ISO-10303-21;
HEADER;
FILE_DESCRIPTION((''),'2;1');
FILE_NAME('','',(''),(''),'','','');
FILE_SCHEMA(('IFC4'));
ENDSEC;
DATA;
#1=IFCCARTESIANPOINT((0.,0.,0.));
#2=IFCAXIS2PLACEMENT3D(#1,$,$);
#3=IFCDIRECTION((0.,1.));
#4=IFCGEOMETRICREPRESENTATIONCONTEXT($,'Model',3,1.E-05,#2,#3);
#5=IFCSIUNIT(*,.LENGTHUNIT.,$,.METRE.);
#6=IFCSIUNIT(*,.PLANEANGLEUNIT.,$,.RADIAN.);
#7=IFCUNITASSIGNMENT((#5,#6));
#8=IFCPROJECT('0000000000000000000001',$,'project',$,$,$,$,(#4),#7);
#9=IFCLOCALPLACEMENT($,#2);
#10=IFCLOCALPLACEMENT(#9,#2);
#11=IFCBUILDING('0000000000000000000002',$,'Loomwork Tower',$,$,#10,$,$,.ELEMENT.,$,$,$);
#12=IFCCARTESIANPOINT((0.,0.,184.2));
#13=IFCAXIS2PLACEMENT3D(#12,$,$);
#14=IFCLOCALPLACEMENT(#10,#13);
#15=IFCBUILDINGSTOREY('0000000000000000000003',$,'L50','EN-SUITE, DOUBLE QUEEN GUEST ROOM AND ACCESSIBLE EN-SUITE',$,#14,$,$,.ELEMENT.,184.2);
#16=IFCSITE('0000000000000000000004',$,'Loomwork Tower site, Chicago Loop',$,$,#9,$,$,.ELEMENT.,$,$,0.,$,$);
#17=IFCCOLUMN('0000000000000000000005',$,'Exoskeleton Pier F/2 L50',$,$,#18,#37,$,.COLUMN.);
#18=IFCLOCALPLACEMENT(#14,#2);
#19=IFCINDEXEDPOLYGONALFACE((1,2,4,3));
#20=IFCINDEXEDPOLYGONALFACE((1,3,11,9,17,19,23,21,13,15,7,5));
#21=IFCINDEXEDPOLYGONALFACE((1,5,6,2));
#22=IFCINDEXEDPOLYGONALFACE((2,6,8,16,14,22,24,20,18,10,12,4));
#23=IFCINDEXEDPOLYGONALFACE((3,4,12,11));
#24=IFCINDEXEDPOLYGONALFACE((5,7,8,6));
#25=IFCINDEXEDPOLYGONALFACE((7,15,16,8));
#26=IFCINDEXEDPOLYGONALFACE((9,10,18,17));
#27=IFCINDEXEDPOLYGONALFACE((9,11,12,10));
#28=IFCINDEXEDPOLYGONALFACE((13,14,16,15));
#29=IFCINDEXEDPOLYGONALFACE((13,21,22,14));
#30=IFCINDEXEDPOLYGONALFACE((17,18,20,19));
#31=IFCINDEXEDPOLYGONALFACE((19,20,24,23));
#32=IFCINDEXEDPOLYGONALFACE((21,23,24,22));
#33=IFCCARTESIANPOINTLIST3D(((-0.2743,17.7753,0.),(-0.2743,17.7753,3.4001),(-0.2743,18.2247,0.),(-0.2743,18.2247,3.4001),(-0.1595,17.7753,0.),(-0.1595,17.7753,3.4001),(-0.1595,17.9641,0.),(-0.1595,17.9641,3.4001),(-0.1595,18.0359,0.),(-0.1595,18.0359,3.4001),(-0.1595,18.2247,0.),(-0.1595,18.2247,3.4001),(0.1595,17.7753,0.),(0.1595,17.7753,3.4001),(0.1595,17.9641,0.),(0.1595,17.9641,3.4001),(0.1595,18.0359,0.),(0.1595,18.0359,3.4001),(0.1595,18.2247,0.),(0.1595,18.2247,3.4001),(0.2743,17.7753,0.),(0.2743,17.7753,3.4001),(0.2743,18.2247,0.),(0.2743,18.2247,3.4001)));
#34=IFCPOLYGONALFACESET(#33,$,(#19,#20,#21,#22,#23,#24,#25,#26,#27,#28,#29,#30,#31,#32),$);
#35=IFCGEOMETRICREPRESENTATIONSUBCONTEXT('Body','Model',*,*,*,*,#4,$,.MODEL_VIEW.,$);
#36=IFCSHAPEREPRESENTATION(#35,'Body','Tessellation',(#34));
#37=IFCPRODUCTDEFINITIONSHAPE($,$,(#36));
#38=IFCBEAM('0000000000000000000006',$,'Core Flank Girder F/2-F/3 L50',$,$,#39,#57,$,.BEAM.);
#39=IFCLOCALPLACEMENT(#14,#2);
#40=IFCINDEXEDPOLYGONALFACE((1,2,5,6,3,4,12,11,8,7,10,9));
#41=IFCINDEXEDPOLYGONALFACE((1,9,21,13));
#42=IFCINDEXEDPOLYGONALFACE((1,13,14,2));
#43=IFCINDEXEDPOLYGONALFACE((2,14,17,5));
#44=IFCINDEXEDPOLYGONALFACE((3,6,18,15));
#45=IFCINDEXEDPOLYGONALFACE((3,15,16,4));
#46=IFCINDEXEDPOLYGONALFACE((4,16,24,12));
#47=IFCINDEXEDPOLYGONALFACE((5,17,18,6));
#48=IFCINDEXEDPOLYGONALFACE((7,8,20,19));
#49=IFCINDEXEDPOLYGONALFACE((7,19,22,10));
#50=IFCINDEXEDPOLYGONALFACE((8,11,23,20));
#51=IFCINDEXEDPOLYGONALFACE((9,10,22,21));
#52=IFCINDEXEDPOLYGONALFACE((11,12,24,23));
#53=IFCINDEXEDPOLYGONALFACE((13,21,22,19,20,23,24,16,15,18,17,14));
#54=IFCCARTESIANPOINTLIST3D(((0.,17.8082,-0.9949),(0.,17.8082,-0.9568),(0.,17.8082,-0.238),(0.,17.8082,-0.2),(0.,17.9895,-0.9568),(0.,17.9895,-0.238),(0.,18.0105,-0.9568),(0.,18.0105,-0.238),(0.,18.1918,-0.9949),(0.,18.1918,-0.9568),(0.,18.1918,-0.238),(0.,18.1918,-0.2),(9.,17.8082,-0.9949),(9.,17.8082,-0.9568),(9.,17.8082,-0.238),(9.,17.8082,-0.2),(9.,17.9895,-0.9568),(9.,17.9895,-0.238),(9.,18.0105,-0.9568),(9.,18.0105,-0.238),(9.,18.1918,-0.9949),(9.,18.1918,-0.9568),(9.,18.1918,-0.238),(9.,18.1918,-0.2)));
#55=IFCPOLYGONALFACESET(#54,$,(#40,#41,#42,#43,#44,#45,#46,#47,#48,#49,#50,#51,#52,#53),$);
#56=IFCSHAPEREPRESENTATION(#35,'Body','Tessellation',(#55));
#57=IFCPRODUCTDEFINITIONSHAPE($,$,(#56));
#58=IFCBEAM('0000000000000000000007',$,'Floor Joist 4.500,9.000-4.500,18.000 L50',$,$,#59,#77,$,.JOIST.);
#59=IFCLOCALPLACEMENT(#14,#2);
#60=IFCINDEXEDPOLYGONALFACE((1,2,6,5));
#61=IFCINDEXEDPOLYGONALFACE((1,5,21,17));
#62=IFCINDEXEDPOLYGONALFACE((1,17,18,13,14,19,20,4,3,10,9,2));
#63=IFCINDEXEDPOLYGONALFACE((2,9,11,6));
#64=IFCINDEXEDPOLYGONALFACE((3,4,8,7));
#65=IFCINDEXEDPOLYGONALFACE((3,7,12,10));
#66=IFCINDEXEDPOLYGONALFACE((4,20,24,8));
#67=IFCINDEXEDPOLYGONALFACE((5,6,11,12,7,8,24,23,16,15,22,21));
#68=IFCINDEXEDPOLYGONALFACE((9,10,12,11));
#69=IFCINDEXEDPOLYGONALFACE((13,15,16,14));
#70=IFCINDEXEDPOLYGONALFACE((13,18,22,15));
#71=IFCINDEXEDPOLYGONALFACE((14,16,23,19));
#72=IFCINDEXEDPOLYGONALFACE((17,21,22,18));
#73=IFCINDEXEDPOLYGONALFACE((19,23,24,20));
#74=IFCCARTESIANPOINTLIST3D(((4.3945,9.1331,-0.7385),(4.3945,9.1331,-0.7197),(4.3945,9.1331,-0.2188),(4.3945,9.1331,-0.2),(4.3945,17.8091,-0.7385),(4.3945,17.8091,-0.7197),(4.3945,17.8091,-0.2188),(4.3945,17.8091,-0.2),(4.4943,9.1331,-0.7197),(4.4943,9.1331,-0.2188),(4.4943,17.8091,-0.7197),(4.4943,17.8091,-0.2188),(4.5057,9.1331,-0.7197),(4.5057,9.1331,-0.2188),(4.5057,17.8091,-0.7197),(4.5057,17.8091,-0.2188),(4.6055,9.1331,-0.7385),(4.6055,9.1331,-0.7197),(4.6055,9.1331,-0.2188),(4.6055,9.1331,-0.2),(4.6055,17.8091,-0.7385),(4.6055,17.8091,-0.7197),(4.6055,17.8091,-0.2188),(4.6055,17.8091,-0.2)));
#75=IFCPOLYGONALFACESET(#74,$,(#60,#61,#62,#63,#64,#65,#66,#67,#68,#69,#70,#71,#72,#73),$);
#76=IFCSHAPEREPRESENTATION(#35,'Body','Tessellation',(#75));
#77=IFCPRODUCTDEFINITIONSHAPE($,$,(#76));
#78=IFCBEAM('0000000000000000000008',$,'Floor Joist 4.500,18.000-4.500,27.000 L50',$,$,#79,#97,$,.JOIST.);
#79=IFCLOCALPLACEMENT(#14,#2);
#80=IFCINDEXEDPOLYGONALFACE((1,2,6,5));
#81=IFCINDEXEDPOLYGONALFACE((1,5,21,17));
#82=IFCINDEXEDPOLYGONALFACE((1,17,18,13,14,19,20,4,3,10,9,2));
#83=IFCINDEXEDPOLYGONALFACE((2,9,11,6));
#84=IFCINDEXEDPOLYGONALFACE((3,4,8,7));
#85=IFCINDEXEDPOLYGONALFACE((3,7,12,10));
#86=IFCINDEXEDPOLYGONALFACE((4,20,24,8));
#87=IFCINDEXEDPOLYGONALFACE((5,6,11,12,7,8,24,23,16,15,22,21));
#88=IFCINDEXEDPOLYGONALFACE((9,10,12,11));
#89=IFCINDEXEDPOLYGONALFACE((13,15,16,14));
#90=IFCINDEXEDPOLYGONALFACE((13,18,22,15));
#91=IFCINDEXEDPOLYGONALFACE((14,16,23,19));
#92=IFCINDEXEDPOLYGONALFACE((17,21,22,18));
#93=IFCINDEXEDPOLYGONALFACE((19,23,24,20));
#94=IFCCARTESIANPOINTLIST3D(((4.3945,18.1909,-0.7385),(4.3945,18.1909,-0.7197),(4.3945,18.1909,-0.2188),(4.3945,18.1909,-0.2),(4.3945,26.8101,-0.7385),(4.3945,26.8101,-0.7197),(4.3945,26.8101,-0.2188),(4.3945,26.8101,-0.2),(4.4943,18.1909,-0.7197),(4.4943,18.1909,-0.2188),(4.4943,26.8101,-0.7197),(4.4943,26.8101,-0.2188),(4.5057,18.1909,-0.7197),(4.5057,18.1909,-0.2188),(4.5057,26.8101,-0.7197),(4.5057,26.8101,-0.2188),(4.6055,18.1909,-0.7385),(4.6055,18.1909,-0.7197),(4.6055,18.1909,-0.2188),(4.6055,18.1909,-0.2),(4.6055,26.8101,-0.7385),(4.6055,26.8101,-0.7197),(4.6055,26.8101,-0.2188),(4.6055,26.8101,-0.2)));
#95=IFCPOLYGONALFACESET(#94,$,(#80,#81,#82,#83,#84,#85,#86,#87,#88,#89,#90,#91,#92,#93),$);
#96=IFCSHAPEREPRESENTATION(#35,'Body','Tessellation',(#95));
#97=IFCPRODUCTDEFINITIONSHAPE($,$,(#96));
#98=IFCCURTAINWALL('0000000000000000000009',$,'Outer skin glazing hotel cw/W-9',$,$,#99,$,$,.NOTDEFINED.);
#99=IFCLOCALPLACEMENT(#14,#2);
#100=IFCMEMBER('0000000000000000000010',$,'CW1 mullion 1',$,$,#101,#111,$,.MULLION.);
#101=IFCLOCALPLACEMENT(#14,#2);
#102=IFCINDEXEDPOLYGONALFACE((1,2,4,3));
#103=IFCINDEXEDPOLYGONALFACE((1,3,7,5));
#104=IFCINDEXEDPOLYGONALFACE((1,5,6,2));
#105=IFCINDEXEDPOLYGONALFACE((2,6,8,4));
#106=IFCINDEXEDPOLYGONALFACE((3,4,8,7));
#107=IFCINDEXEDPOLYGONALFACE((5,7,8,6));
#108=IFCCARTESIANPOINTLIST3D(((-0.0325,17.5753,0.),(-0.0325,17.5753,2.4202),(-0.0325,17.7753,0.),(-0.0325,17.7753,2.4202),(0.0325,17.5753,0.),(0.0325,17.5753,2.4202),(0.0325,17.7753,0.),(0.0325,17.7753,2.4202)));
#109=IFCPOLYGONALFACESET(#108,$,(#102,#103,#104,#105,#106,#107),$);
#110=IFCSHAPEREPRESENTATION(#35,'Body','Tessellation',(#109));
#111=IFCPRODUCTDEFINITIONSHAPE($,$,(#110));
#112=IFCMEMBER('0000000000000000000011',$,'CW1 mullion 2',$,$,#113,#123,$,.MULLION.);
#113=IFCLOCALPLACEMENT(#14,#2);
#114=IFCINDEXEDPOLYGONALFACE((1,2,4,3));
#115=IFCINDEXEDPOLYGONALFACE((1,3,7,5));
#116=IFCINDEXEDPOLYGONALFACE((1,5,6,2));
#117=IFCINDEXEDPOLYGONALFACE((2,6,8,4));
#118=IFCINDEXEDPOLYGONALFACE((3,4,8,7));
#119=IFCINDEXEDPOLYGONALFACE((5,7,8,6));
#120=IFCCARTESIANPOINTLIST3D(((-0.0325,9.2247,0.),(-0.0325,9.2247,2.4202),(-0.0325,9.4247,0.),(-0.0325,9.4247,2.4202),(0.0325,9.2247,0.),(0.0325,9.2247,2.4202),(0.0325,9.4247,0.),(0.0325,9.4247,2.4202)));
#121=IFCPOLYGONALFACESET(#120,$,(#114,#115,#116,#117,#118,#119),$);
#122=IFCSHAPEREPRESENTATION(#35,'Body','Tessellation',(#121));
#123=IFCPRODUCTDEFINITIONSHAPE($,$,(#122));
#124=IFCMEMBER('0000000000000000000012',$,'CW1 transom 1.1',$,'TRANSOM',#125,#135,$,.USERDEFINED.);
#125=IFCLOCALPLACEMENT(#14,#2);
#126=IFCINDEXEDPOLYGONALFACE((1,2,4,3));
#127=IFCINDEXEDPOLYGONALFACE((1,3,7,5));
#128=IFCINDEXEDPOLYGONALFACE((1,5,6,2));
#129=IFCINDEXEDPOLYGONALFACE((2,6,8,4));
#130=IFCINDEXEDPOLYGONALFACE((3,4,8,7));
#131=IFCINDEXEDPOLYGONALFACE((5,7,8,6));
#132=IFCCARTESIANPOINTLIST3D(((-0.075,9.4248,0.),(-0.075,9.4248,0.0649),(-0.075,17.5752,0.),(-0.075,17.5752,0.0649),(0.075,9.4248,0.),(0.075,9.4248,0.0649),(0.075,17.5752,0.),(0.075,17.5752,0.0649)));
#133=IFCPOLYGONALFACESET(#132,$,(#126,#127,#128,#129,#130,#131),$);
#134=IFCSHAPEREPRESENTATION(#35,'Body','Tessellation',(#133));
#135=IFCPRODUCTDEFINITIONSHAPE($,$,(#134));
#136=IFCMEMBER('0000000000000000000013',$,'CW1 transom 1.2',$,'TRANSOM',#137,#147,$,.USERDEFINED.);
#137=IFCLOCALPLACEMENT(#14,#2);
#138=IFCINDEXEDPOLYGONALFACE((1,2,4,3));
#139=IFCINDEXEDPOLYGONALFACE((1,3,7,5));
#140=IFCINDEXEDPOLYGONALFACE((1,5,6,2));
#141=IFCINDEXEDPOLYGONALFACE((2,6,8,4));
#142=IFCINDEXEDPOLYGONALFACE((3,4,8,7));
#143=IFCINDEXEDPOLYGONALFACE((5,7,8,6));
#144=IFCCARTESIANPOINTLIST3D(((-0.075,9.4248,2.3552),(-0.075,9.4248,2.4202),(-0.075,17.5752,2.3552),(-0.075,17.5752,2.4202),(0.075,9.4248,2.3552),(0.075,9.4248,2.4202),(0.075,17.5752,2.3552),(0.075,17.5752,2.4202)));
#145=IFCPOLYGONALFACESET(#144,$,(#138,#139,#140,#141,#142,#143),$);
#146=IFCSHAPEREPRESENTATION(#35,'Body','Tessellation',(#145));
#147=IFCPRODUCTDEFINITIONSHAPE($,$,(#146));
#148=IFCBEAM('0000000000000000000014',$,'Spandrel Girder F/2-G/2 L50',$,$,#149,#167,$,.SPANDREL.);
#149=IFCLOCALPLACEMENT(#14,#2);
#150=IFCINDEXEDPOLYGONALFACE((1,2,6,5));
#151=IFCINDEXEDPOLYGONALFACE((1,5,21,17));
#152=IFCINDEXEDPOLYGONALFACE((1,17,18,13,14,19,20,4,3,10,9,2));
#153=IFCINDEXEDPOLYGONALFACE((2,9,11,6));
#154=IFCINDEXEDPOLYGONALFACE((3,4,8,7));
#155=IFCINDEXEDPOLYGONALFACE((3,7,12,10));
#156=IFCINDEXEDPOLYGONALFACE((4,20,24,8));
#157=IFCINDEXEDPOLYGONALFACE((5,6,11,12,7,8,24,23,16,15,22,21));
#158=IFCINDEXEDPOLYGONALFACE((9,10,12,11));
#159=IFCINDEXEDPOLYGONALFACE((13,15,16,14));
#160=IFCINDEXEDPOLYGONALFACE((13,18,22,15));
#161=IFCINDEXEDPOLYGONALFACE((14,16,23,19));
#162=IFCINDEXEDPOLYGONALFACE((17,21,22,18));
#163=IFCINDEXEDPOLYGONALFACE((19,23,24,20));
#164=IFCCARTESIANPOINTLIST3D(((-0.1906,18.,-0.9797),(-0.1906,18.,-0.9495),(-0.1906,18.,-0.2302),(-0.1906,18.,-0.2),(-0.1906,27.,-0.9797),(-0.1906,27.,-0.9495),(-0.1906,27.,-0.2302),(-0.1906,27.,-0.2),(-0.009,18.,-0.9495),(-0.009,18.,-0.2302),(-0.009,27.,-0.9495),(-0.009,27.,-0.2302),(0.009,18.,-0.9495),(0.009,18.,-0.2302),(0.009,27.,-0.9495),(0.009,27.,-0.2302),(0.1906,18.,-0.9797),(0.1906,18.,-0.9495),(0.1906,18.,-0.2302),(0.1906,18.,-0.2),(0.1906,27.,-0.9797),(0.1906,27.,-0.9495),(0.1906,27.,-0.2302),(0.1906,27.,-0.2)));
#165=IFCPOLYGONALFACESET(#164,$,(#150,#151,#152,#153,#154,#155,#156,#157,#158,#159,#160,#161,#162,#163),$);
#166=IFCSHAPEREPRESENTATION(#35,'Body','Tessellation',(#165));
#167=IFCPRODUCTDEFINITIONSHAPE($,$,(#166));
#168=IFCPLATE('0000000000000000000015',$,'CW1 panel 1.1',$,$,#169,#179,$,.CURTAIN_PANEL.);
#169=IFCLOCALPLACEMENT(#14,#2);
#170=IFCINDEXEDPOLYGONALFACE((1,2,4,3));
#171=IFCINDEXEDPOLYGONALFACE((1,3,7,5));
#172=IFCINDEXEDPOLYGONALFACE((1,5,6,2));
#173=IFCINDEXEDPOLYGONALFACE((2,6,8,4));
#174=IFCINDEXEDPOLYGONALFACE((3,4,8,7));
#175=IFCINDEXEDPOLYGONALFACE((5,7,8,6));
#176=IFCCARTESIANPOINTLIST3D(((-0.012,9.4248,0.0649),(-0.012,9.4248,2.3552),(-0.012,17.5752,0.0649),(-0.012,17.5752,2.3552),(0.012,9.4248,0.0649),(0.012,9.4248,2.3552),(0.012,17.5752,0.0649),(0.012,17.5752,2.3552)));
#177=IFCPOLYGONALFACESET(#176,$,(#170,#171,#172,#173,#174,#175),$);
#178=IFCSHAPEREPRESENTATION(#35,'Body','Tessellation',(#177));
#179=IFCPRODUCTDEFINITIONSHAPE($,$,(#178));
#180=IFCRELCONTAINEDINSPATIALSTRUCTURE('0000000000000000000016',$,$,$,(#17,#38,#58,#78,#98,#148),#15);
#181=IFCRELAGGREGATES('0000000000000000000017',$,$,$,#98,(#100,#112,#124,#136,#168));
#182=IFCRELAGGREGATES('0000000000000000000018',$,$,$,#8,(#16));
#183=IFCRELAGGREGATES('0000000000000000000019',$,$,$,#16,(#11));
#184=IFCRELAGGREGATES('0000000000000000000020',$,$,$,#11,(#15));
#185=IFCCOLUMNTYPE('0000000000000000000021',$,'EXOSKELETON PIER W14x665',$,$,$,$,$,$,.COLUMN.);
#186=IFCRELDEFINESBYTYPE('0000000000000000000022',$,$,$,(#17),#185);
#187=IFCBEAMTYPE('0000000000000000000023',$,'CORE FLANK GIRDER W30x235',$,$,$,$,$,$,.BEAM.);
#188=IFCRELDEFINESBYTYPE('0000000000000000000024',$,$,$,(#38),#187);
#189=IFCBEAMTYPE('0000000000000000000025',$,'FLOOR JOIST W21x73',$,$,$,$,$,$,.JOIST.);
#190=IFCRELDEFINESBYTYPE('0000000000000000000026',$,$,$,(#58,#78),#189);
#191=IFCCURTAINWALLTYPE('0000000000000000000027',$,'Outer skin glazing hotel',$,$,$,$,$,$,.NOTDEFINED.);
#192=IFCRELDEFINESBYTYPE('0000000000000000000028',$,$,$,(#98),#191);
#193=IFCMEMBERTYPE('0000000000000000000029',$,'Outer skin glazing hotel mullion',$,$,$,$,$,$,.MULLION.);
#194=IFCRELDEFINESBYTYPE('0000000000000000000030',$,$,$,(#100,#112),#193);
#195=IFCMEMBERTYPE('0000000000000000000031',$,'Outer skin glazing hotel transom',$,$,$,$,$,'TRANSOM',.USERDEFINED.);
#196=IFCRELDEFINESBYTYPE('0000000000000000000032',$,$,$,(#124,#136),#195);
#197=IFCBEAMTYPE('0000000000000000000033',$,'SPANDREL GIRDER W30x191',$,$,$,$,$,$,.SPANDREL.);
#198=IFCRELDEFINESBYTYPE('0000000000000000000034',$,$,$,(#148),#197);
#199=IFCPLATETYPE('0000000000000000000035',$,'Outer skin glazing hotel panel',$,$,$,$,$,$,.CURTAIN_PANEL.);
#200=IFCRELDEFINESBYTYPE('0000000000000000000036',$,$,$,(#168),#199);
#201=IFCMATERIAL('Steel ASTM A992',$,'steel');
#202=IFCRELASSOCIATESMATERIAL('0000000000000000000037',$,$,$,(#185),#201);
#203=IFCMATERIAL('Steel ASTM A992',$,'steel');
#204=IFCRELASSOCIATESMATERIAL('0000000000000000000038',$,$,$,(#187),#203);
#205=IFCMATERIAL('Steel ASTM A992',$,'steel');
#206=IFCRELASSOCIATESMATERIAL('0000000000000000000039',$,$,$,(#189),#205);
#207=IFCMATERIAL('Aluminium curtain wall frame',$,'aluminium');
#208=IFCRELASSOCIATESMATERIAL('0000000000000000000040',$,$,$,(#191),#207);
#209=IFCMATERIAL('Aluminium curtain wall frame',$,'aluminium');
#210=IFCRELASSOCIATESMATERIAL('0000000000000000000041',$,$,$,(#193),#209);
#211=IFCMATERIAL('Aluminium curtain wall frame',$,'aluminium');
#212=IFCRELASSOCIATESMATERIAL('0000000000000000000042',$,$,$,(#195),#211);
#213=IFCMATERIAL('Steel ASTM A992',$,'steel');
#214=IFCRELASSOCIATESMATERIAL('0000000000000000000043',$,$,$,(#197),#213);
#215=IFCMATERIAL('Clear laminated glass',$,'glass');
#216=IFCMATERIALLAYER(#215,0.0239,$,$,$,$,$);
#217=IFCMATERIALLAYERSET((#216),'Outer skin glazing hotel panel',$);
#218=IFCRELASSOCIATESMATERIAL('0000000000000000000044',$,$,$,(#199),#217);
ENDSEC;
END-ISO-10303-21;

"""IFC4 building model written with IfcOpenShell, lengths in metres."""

from ifc_helpers import new_model, si_unit, direction, frame, origin, origin_2d, place, context, subcontext, project, spatial, rectangle, i_section, extrude, material, layer, layer_set, material_profile, profile_set, type_object, element, aggregate, save


model = new_model("IFC4")

# Units and contexts
model_context = context("Model", 3, precision=1e-05, world=origin(), true_north=direction((0.0, 1.0)))
body_context = subcontext(model_context, "Body", "Model", "MODEL_VIEW")
ifc_project = project(units=[si_unit("LENGTHUNIT", "METRE"), si_unit("PLANEANGLEUNIT", "RADIAN")], contexts=[model_context])

# Site, building, storey
site_placement = place(None, origin())
site = spatial("IfcSite", under=ifc_project, at=site_placement, Name="Loomwork Tower site, Chicago Loop", CompositionType="ELEMENT", RefElevation=0.0)
building_placement = place(site_placement, origin())
building = spatial("IfcBuilding", under=site, at=building_placement, Name="Loomwork Tower", CompositionType="ELEMENT")
storey_placement = place(building_placement, frame((0.0, 0.0, 184.2)))
storey = spatial("IfcBuildingStorey", under=building, at=storey_placement, Name="L50", Description="EN-SUITE, DOUBLE QUEEN GUEST ROOM AND ACCESSIBLE EN-SUITE", CompositionType="ELEMENT", Elevation=184.2)

# Column
ifc_material_1 = material(Name="Steel ASTM A992", Category="steel")
ifc_material_profile_1 = material_profile(ifc_material_1, i_section(OverallWidth=0.4495, OverallDepth=0.5486, WebThickness=0.0718, FlangeThickness=0.1147, at=origin_2d()), Name="W14x665")
ifc_profile_set_1 = profile_set([ifc_material_profile_1], Name="Steel ASTM A992")
column_type = type_object("IfcColumnType", Name="EXOSKELETON PIER W14x665", PredefinedType="COLUMN", material=ifc_profile_set_1)
column_placement = place(storey_placement, frame((0.0, 18.0, 0.0), z_axis=(0.0, 0.0, 1.0), x_axis=(0.0, 1.0, 0.0)))
element("IfcColumn", 1, at=column_placement, inside=storey, type_object=column_type, Name="Exoskeleton Pier F/2 L50", PredefinedType="COLUMN", context=body_context, shape_type="SweptSolid", body=[
    extrude(i_section(OverallWidth=0.4495, OverallDepth=0.5486, WebThickness=0.0718, FlangeThickness=0.1147, at=origin_2d()), origin(), (0.0, 0.0, 1.0), 3.4001),
])

# Beams
ifc_material_2 = material(Name="Steel ASTM A992", Category="steel")
ifc_material_profile_2 = material_profile(ifc_material_2, i_section(OverallWidth=0.3835, OverallDepth=0.7949, WebThickness=0.021, FlangeThickness=0.0381, at=origin_2d()), Name="W30x235")
ifc_profile_set_2 = profile_set([ifc_material_profile_2], Name="Steel ASTM A992")
beam_type_1 = type_object("IfcBeamType", Name="CORE FLANK GIRDER W30x235", PredefinedType="BEAM", material=ifc_profile_set_2)
beam_1_placement = place(storey_placement, frame((0.0, 18.0, -0.5974), z_axis=(1.0, 0.0, 0.0), x_axis=(0.0, 1.0, 0.0)))
element("IfcBeam", 2, at=beam_1_placement, inside=storey, type_object=beam_type_1, Name="Core Flank Girder F/2-F/3 L50", PredefinedType="BEAM", context=body_context, shape_type="SweptSolid", body=[
    extrude(i_section(OverallWidth=0.3835, OverallDepth=0.7949, WebThickness=0.021, FlangeThickness=0.0381, at=origin_2d()), origin(), (0.0, 0.0, 1.0), 9.0),
])
ifc_material_3 = material(Name="Steel ASTM A992", Category="steel")
ifc_material_profile_3 = material_profile(ifc_material_3, i_section(OverallWidth=0.2109, OverallDepth=0.5386, WebThickness=0.0115, FlangeThickness=0.0188, at=origin_2d()), Name="W21x73")
ifc_profile_set_3 = profile_set([ifc_material_profile_3], Name="Steel ASTM A992")
beam_type_2 = type_object("IfcBeamType", Name="FLOOR JOIST W21x73", PredefinedType="JOIST", material=ifc_profile_set_3)
beam_2_placement = place(storey_placement, frame((4.5, 9.1331, -0.4692), z_axis=(0.0, 1.0, 0.0), x_axis=(-1.0, 0.0, 0.0)))
element("IfcBeam", 3, at=beam_2_placement, inside=storey, type_object=beam_type_2, Name="Floor Joist 4.500,9.000-4.500,18.000 L50", PredefinedType="JOIST", context=body_context, shape_type="SweptSolid", body=[
    extrude(i_section(OverallWidth=0.2109, OverallDepth=0.5386, WebThickness=0.0115, FlangeThickness=0.0188, at=origin_2d()), origin(), (0.0, 0.0, 1.0), 8.676),
])
beam_3_placement = place(storey_placement, frame((4.5, 18.1909, -0.4692), z_axis=(0.0, 1.0, 0.0), x_axis=(-1.0, 0.0, 0.0)))
element("IfcBeam", 4, at=beam_3_placement, inside=storey, type_object=beam_type_2, Name="Floor Joist 4.500,18.000-4.500,27.000 L50", PredefinedType="JOIST", context=body_context, shape_type="SweptSolid", body=[
    extrude(i_section(OverallWidth=0.2109, OverallDepth=0.5386, WebThickness=0.0115, FlangeThickness=0.0188, at=origin_2d()), origin(), (0.0, 0.0, 1.0), 8.6191),
])

# Curtain wall, members
ifc_material_4 = material(Name="Aluminium curtain wall frame", Category="aluminium")
curtain_wall_type = type_object("IfcCurtainWallType", Name="Outer skin glazing hotel", PredefinedType="NOTDEFINED", material=ifc_material_4)
curtain_wall_placement = place(storey_placement, origin())
curtain_wall = element("IfcCurtainWall", 5, at=curtain_wall_placement, inside=storey, type_object=curtain_wall_type, Name="Outer skin glazing hotel cw/W-9", PredefinedType="NOTDEFINED")
ifc_material_5 = material(Name="Aluminium curtain wall frame", Category="aluminium")
ifc_material_profile_4 = material_profile(ifc_material_5, rectangle(XDim=0.0649, YDim=0.2, at=origin_2d()), Name="AL 65x200")
ifc_profile_set_4 = profile_set([ifc_material_profile_4], Name="Aluminium curtain wall frame")
member_type_1 = type_object("IfcMemberType", Name="Outer skin glazing hotel mullion", PredefinedType="MULLION", material=ifc_profile_set_4)
member_1_placement = place(storey_placement, frame((0.0, 17.6753, 0.0), z_axis=(0.0, 0.0, 1.0), x_axis=(1.0, 0.0, 0.0)))
member_1 = element("IfcMember", 6, at=member_1_placement, type_object=member_type_1, Name="CW1 mullion 1", PredefinedType="MULLION", context=body_context, shape_type="SweptSolid", body=[
    extrude(rectangle(XDim=0.0649, YDim=0.2, at=origin_2d()), origin(), (0.0, 0.0, 1.0), 2.4202),
])
member_2_placement = place(storey_placement, frame((0.0, 9.3247, 0.0), z_axis=(0.0, 0.0, 1.0), x_axis=(1.0, 0.0, 0.0)))
member_2 = element("IfcMember", 7, at=member_2_placement, type_object=member_type_1, Name="CW1 mullion 2", PredefinedType="MULLION", context=body_context, shape_type="SweptSolid", body=[
    extrude(rectangle(XDim=0.0649, YDim=0.2, at=origin_2d()), origin(), (0.0, 0.0, 1.0), 2.4202),
])
ifc_material_6 = material(Name="Aluminium curtain wall frame", Category="aluminium")
ifc_material_profile_5 = material_profile(ifc_material_6, rectangle(XDim=0.1499, YDim=0.0649, at=origin_2d()), Name="AL 65x150")
ifc_profile_set_5 = profile_set([ifc_material_profile_5], Name="Aluminium curtain wall frame")
member_type_2 = type_object("IfcMemberType", Name="Outer skin glazing hotel transom", ElementType="TRANSOM", PredefinedType="USERDEFINED", material=ifc_profile_set_5)
member_3_placement = place(storey_placement, frame((0.0, 17.5752, 0.0325), z_axis=(0.0, -1.0, 0.0), x_axis=(1.0, 0.0, 0.0)))
member_3 = element("IfcMember", 8, at=member_3_placement, type_object=member_type_2, Name="CW1 transom 1.1", ObjectType="TRANSOM", PredefinedType="USERDEFINED", context=body_context, shape_type="SweptSolid", body=[
    extrude(rectangle(XDim=0.1499, YDim=0.0649, at=origin_2d()), origin(), (0.0, 0.0, 1.0), 8.1504),
])
member_4_placement = place(storey_placement, frame((0.0, 17.5752, 2.3877), z_axis=(0.0, -1.0, 0.0), x_axis=(1.0, 0.0, 0.0)))
member_4 = element("IfcMember", 9, at=member_4_placement, type_object=member_type_2, Name="CW1 transom 1.2", ObjectType="TRANSOM", PredefinedType="USERDEFINED", context=body_context, shape_type="SweptSolid", body=[
    extrude(rectangle(XDim=0.1499, YDim=0.0649, at=origin_2d()), origin(), (0.0, 0.0, 1.0), 8.1504),
])

# Beam
ifc_material_7 = material(Name="Steel ASTM A992", Category="steel")
ifc_material_profile_6 = material_profile(ifc_material_7, i_section(OverallWidth=0.3811, OverallDepth=0.7798, WebThickness=0.0181, FlangeThickness=0.0303, at=origin_2d()), Name="W30x191")
ifc_profile_set_6 = profile_set([ifc_material_profile_6], Name="Steel ASTM A992")
beam_type_3 = type_object("IfcBeamType", Name="SPANDREL GIRDER W30x191", PredefinedType="SPANDREL", material=ifc_profile_set_6)
beam_4_placement = place(storey_placement, frame((0.0, 18.0, -0.5898), z_axis=(0.0, 1.0, 0.0), x_axis=(-1.0, 0.0, 0.0)))
element("IfcBeam", 10, at=beam_4_placement, inside=storey, type_object=beam_type_3, Name="Spandrel Girder F/2-G/2 L50", PredefinedType="SPANDREL", context=body_context, shape_type="SweptSolid", body=[
    extrude(i_section(OverallWidth=0.3811, OverallDepth=0.7798, WebThickness=0.0181, FlangeThickness=0.0303, at=origin_2d()), origin(), (0.0, 0.0, 1.0), 9.0),
])

# Plate
ifc_material_8 = material(Name="Clear laminated glass", Category="glass")
ifc_layer_1 = layer(ifc_material_8, 0.0239)
ifc_layer_set_1 = layer_set([ifc_layer_1], Name="Outer skin glazing hotel panel")
plate_type = type_object("IfcPlateType", Name="Outer skin glazing hotel panel", PredefinedType="CURTAIN_PANEL", material=ifc_layer_set_1)
plate_placement = place(storey_placement, frame((0.0, 13.5, 0.0649), z_axis=(0.0, 0.0, 1.0), x_axis=(0.0, -1.0, 0.0)))
plate = element("IfcPlate", 11, at=plate_placement, type_object=plate_type, Name="CW1 panel 1.1", PredefinedType="CURTAIN_PANEL", context=body_context, shape_type="SweptSolid", body=[
    extrude(rectangle(XDim=8.1504, YDim=0.0239, at=origin_2d()), origin(), (0.0, 0.0, 1.0), 2.2903),
])
aggregate(curtain_wall, [member_1, member_2, member_3, member_4, plate])

save(model, "model.ifc")
